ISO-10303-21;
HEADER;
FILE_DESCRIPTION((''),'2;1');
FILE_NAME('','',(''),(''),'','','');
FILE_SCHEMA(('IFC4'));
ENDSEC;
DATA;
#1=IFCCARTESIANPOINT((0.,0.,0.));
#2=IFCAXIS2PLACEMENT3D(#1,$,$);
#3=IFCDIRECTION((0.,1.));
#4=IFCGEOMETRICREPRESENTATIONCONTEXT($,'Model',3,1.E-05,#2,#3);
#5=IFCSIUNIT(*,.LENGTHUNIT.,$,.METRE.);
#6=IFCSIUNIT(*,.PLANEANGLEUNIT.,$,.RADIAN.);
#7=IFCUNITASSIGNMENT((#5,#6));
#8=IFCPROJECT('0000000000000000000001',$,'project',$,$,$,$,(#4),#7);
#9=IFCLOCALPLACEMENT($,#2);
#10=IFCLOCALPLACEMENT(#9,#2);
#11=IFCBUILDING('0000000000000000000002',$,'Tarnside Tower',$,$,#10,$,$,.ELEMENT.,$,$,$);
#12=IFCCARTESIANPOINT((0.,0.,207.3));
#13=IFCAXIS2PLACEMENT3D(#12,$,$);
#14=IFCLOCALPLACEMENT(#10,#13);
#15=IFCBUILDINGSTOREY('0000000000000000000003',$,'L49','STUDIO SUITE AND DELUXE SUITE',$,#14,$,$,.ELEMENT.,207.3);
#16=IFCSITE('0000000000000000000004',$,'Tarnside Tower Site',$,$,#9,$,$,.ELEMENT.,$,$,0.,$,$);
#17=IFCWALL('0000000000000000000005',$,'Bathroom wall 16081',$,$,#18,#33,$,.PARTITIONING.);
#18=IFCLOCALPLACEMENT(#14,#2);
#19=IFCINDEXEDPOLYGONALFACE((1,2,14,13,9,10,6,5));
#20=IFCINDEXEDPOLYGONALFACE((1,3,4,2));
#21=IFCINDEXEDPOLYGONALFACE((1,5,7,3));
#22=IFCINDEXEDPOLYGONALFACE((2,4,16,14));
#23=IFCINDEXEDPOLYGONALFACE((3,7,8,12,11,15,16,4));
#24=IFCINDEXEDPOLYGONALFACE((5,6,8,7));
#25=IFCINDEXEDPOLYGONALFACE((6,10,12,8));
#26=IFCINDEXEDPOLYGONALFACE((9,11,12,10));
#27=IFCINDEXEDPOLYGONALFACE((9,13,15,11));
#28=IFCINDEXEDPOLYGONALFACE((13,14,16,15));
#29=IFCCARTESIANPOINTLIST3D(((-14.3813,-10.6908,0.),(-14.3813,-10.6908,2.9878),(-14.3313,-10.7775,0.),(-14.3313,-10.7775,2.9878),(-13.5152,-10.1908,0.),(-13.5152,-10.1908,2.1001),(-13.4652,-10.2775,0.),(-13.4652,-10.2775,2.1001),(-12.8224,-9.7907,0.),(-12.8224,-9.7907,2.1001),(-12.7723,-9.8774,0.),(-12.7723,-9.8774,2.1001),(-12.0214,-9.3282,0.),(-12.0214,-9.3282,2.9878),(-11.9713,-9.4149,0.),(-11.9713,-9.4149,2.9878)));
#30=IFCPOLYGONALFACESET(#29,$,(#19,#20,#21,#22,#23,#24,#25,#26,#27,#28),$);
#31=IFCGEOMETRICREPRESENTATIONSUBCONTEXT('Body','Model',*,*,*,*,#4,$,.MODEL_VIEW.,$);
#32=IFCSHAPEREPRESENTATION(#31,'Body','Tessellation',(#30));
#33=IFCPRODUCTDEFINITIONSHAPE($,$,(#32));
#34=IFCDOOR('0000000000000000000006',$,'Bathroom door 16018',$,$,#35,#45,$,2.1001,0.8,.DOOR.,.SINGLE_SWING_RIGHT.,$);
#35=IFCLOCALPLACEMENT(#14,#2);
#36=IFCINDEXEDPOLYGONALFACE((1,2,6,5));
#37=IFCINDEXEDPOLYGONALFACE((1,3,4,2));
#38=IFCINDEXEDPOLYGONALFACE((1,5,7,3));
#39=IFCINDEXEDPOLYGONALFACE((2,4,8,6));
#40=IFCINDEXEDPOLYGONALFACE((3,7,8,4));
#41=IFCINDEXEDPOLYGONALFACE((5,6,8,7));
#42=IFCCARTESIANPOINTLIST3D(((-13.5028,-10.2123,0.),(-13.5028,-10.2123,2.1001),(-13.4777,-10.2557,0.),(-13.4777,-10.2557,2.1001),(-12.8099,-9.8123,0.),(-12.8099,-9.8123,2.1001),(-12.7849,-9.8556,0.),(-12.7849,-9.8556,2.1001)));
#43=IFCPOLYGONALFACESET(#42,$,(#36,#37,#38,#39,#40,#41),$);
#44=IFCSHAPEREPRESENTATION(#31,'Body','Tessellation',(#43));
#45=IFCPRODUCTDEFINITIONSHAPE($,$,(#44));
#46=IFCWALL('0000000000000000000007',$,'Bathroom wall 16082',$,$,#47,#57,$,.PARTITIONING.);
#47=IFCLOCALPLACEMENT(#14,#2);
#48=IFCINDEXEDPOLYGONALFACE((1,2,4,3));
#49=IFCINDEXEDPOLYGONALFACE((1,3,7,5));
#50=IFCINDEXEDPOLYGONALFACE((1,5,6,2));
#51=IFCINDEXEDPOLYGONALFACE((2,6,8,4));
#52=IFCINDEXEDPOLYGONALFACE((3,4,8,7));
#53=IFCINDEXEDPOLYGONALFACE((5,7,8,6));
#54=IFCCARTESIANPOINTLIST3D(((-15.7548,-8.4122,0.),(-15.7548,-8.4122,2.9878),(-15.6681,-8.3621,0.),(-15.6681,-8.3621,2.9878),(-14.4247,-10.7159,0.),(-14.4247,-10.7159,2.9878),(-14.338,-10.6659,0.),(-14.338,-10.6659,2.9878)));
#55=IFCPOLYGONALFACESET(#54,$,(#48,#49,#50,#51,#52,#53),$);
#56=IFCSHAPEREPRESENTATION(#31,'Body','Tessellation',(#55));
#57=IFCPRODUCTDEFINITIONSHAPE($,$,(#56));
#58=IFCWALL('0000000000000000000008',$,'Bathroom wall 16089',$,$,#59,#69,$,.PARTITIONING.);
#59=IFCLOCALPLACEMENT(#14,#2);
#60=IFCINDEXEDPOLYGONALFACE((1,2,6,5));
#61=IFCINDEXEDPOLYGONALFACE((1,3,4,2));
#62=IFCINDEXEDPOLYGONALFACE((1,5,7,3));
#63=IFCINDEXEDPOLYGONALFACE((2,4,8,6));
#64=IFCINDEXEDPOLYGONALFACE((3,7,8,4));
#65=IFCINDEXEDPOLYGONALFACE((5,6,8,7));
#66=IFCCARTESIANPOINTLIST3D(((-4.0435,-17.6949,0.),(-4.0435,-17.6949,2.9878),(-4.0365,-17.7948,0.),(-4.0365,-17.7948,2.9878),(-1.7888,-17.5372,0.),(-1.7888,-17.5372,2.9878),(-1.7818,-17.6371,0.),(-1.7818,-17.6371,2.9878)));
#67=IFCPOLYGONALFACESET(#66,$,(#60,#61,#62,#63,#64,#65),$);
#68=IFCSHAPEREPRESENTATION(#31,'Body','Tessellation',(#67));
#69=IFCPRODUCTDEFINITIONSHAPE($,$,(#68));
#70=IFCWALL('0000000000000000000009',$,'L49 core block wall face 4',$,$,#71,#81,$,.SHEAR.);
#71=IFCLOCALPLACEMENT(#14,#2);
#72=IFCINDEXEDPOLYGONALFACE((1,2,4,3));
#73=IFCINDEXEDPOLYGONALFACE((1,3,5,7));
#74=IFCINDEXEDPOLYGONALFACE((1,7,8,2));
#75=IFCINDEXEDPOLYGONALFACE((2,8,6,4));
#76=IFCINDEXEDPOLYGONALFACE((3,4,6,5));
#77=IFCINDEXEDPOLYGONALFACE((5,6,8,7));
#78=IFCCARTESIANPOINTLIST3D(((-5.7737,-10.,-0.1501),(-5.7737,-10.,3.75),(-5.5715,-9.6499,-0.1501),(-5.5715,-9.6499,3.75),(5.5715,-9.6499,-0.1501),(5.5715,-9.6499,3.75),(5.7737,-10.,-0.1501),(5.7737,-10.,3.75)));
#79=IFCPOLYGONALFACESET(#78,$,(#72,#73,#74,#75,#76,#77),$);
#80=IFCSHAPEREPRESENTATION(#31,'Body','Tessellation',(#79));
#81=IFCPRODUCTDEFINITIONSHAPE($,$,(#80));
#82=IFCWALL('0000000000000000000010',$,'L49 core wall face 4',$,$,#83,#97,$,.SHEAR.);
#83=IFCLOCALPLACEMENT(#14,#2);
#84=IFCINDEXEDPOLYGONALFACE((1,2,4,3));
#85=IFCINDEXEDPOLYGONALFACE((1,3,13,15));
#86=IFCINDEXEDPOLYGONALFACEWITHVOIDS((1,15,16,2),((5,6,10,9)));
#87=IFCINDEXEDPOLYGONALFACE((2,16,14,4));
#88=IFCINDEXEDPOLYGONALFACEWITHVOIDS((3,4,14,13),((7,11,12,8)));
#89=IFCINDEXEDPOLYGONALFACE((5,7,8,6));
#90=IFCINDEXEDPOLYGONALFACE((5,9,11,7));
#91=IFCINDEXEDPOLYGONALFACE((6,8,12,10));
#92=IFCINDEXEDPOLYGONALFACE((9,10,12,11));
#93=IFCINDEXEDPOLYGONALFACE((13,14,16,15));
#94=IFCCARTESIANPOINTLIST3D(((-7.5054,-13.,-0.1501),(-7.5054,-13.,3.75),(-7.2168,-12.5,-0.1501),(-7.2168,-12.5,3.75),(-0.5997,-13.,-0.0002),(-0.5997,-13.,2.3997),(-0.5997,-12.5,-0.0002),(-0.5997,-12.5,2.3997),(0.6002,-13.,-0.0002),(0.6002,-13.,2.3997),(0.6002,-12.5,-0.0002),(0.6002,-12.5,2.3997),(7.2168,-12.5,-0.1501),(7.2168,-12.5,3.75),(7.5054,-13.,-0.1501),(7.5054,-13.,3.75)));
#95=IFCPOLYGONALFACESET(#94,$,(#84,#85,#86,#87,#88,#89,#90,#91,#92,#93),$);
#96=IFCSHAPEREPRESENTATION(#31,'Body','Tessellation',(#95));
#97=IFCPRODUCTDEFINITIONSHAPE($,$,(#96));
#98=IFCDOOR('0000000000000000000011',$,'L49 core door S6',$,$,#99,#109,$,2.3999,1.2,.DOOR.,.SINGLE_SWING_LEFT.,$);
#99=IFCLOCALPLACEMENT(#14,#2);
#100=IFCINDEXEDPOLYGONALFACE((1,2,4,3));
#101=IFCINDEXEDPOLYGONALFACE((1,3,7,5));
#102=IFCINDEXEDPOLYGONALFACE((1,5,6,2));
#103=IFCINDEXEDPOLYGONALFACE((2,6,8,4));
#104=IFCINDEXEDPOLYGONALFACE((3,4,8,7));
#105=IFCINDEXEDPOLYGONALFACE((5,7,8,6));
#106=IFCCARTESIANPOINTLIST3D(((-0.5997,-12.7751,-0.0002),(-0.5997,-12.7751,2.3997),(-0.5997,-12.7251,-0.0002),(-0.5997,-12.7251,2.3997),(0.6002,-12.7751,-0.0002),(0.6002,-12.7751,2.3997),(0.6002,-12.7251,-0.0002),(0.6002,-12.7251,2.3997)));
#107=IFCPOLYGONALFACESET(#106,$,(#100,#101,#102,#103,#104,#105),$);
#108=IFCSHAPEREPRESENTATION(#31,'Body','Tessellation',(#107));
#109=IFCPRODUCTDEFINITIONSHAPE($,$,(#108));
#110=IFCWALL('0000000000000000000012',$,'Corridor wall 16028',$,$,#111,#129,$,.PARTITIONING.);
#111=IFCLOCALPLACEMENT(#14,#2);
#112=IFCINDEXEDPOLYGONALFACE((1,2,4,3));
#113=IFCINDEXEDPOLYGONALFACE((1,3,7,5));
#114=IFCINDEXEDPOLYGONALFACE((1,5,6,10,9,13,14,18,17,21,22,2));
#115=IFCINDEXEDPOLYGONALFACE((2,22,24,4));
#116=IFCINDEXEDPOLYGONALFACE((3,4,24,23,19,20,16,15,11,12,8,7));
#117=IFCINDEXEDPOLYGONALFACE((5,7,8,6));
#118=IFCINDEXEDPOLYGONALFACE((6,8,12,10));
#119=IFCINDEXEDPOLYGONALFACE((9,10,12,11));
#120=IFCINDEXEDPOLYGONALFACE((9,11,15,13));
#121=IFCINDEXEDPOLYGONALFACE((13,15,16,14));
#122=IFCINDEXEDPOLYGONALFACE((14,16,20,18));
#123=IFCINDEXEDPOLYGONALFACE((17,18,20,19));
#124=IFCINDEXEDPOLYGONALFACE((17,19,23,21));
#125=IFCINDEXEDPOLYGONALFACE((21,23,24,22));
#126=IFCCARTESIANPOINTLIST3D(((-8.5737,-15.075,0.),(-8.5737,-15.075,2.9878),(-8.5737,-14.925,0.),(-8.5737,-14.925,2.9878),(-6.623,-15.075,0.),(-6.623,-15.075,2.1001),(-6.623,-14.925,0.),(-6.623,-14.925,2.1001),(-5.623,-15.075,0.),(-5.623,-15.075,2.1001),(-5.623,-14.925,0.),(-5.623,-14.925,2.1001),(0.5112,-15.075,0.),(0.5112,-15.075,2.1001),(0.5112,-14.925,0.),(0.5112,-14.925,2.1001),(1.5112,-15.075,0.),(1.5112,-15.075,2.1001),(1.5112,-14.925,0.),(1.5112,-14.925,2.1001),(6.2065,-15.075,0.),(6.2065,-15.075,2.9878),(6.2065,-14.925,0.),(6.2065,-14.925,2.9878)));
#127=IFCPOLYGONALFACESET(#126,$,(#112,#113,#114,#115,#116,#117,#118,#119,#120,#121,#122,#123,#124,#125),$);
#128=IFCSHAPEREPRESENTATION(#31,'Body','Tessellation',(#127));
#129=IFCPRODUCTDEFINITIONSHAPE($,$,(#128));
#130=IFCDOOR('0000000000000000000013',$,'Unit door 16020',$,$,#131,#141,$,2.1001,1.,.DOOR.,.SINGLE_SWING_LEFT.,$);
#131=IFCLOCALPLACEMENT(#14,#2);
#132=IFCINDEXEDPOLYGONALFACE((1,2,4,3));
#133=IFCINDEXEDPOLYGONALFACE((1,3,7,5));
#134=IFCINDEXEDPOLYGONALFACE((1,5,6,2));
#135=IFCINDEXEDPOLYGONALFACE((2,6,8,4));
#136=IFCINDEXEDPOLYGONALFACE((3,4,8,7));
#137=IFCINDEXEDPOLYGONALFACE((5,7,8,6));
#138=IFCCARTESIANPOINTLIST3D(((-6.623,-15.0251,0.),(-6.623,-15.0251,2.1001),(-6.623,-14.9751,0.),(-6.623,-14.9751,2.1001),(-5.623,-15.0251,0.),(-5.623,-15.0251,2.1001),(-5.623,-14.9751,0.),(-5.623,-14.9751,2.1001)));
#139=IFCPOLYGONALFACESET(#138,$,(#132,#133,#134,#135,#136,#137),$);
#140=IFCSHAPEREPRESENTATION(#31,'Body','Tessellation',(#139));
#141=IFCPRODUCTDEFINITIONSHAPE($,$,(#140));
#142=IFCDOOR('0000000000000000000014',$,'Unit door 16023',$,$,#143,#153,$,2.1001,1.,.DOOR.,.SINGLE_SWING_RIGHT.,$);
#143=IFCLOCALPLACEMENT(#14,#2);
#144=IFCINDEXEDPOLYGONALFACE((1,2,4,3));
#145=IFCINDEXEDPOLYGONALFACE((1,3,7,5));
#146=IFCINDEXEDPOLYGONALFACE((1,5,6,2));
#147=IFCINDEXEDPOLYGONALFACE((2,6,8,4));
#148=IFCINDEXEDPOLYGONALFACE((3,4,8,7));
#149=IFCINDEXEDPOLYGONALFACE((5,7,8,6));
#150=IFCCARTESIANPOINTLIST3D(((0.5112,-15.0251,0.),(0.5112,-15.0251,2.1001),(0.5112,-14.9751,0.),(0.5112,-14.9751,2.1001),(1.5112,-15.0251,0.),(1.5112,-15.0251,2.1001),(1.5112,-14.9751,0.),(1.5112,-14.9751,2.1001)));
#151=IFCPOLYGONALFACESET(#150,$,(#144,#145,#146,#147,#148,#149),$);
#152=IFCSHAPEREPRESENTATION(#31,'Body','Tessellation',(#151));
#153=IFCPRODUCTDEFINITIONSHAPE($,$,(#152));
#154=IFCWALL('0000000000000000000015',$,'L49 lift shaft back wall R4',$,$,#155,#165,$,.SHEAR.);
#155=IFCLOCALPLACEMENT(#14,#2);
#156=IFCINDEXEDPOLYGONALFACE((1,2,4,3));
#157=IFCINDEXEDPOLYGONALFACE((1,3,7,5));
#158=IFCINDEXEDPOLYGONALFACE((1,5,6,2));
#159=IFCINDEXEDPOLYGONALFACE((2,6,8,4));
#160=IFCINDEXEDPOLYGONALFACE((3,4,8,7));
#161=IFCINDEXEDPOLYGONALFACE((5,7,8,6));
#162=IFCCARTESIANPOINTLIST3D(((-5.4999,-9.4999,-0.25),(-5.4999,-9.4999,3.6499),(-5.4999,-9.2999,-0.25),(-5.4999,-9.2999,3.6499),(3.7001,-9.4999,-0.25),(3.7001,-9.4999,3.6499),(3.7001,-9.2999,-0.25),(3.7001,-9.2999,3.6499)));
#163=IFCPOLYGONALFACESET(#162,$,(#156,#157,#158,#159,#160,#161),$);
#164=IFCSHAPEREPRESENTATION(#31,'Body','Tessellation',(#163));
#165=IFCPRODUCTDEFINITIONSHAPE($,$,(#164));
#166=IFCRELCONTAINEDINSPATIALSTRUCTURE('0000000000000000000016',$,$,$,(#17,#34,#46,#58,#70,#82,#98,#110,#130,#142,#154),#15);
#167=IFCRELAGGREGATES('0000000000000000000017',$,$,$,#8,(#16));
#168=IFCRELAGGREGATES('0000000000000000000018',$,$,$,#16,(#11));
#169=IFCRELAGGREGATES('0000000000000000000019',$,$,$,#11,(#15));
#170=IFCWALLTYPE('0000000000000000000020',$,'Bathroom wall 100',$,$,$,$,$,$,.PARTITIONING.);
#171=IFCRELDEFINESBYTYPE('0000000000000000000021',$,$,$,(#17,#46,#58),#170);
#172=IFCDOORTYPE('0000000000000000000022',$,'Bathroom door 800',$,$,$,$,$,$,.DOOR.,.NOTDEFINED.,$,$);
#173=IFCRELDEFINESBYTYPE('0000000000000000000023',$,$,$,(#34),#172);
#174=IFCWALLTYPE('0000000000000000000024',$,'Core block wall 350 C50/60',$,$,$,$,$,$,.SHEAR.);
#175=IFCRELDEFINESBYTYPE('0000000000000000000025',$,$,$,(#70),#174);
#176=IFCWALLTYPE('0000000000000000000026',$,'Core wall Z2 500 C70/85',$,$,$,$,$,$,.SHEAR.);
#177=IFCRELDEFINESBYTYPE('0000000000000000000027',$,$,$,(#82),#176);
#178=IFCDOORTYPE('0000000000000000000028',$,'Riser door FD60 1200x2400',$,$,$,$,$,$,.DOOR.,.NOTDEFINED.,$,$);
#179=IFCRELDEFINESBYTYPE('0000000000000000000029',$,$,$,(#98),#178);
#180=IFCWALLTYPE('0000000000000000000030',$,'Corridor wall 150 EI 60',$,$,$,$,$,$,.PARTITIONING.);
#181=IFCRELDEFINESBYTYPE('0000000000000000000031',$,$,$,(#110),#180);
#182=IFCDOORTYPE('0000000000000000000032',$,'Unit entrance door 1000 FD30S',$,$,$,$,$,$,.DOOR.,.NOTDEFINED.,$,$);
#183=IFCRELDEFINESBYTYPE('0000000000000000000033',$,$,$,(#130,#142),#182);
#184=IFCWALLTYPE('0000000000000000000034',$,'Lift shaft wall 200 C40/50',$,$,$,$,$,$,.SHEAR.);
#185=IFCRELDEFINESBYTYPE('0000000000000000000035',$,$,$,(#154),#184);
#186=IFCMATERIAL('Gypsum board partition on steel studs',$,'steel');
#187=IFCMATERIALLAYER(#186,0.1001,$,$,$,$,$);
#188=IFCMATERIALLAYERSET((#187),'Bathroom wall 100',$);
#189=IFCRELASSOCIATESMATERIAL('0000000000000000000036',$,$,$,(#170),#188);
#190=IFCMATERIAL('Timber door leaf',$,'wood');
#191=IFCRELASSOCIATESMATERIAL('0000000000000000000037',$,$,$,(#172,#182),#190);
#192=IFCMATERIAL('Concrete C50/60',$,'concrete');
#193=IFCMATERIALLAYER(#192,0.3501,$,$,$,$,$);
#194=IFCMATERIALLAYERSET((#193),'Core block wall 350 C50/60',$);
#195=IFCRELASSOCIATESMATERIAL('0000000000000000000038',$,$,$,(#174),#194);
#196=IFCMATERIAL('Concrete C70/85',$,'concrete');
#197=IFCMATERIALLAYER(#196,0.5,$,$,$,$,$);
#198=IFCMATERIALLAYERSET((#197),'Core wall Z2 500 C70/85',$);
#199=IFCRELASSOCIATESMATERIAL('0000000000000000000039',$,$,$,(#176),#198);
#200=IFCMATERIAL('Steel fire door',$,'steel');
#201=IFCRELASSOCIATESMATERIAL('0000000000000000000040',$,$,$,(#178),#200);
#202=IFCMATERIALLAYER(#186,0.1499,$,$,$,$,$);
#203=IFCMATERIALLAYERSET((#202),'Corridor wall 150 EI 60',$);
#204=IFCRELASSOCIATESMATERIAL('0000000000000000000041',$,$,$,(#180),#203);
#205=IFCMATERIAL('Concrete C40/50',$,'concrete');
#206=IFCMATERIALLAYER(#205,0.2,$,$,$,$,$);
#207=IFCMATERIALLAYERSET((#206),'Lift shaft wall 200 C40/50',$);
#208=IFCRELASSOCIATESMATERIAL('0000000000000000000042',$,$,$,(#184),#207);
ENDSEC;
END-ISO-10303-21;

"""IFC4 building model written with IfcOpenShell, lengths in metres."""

from ifc_helpers import new_model, si_unit, direction, frame, frame_2d, origin, place, context, subcontext, project, spatial, polyline, rectangle, outline, extrude, material, layer, layer_set, type_object, element, fill, save


model = new_model("IFC4")

# Units and contexts
model_context = context("Model", 3, precision=1e-05, world=origin(), true_north=direction((0.0, 1.0)))
body_context = subcontext(model_context, "Body", "Model", "MODEL_VIEW")
ifc_project = project(units=[si_unit("LENGTHUNIT", "METRE"), si_unit("PLANEANGLEUNIT", "RADIAN")], contexts=[model_context])

# Site, building, storey
site_placement = place(None, origin())
site = spatial("IfcSite", under=ifc_project, at=site_placement, Name="Tarnside Tower Site", CompositionType="ELEMENT", RefElevation=0.0)
building_placement = place(site_placement, origin())
building = spatial("IfcBuilding", under=site, at=building_placement, Name="Tarnside Tower", CompositionType="ELEMENT")
storey_placement = place(building_placement, frame((0.0, 0.0, 207.3)))
storey = spatial("IfcBuildingStorey", under=building, at=storey_placement, Name="L49", Description="STUDIO SUITE AND DELUXE SUITE", CompositionType="ELEMENT", Elevation=207.3)

# Wall, opening, door
ifc_material_1 = material(Name="Gypsum board partition on steel studs", Category="steel")
ifc_layer_1 = layer(ifc_material_1, 0.1001)
ifc_layer_set_1 = layer_set([ifc_layer_1], Name="Bathroom wall 100")
wall_type_1 = type_object("IfcWallType", Name="Bathroom wall 100", PredefinedType="PARTITIONING", material=ifc_layer_set_1)
wall_1_placement = place(storey_placement, frame((-11.9963, -9.3716, 0.0), z_axis=(0.0, 0.0, 1.0), x_axis=(-0.866013, -0.500022, 0.0)))
wall_1 = element("IfcWall", 1, at=wall_1_placement, inside=storey, type_object=wall_type_1, Name="Bathroom wall 16081", PredefinedType="PARTITIONING", context=body_context, shape_type="SweptSolid", body=[
    extrude(rectangle(XDim=2.7251, YDim=0.1001, at=frame_2d((1.3625, 0.0))), origin(), (0.0, 0.0, 1.0), 2.9878),
])
opening_1_placement = place(wall_1_placement, frame((0.925, 0.0, 0.0)))
opening_1 = element("IfcOpeningElement", 2, at=opening_1_placement, cuts=wall_1, PredefinedType="OPENING", context=body_context, shape_type="SweptSolid", body=[
    extrude(rectangle(XDim=0.8, YDim=2.1001, at=frame_2d((0.3999, 1.05))), frame((0.0, 0.0601, 0.0), z_axis=(0.0, -1.0, 0.0), x_axis=(1.0, 0.0, 0.0)), (0.0, 0.0, 1.0), 0.1201),
])
ifc_material_2 = material(Name="Timber door leaf", Category="wood")
door_type_1 = type_object("IfcDoorType", Name="Bathroom door 800", OperationType="NOTDEFINED", PredefinedType="DOOR", material=ifc_material_2)
door_1_placement = place(opening_1_placement, origin())
door_1 = element("IfcDoor", 3, at=door_1_placement, inside=storey, type_object=door_type_1, Name="Bathroom door 16018", OperationType="SINGLE_SWING_RIGHT", OverallHeight=2.1001, OverallWidth=0.8, PredefinedType="DOOR", context=body_context, shape_type="SweptSolid", body=[
    extrude(rectangle(XDim=0.8, YDim=2.1001, at=frame_2d((0.3999, 1.05))), frame((0.0, 0.0249, 0.0), z_axis=(0.0, -1.0, 0.0), x_axis=(1.0, 0.0, 0.0)), (0.0, 0.0, 1.0), 0.05),
])
fill(opening_1, door_1)

# Walls
wall_2_placement = place(storey_placement, frame((-14.3813, -10.6909, 0.0), z_axis=(0.0, 0.0, 1.0), x_axis=(-0.500008, 0.866021, 0.0)))
element("IfcWall", 4, at=wall_2_placement, inside=storey, type_object=wall_type_1, Name="Bathroom wall 16082", PredefinedType="PARTITIONING", context=body_context, shape_type="SweptSolid", body=[
    extrude(rectangle(XDim=2.6602, YDim=0.1001, at=frame_2d((1.3301, 0.0))), origin(), (0.0, 0.0, 1.0), 2.9878),
])
wall_3_placement = place(storey_placement, frame((-4.04, -17.7449, 0.0), z_axis=(0.0, 0.0, 1.0), x_axis=(0.997562, 0.069781, 0.0)))
element("IfcWall", 5, at=wall_3_placement, inside=storey, type_object=wall_type_1, Name="Bathroom wall 16089", PredefinedType="PARTITIONING", context=body_context, shape_type="SweptSolid", body=[
    extrude(rectangle(XDim=2.2603, YDim=0.1001, at=frame_2d((1.1301, 0.0))), origin(), (0.0, 0.0, 1.0), 2.9878),
])
ifc_material_3 = material(Name="Concrete C50/60", Category="concrete")
ifc_layer_2 = layer(ifc_material_3, 0.3501)
ifc_layer_set_2 = layer_set([ifc_layer_2], Name="Core block wall 350 C50/60")
wall_type_2 = type_object("IfcWallType", Name="Core block wall 350 C50/60", PredefinedType="SHEAR", material=ifc_layer_set_2)
wall_4_placement = place(storey_placement, frame((-5.6726, -9.825, -0.1501), z_axis=(0.0, 0.0, 1.0), x_axis=(1.0, 0.0, 0.0)))
element("IfcWall", 6, at=wall_4_placement, inside=storey, type_object=wall_type_2, Name="L49 core block wall face 4", PredefinedType="SHEAR", context=body_context, shape_type="SweptSolid", body=[
    extrude(outline(polyline([(-0.1011, -0.175), (11.4463, -0.175), (11.2441, 0.175), (0.1011, 0.175), (-0.1011, -0.175)])), origin(), (0.0, 0.0, 1.0), 3.9001),
])

# Wall, opening, door
ifc_material_4 = material(Name="Concrete C70/85", Category="concrete")
ifc_layer_3 = layer(ifc_material_4, 0.5)
ifc_layer_set_3 = layer_set([ifc_layer_3], Name="Core wall Z2 500 C70/85")
wall_type_3 = type_object("IfcWallType", Name="Core wall Z2 500 C70/85", PredefinedType="SHEAR", material=ifc_layer_set_3)
wall_5_placement = place(storey_placement, frame((-7.3611, -12.75, -0.1501), z_axis=(0.0, 0.0, 1.0), x_axis=(1.0, 0.0, 0.0)))
wall_5 = element("IfcWall", 7, at=wall_5_placement, inside=storey, type_object=wall_type_3, Name="L49 core wall face 4", PredefinedType="SHEAR", context=body_context, shape_type="SweptSolid", body=[
    extrude(outline(polyline([(-0.1443, -0.25), (14.8665, -0.25), (14.5779, 0.25), (0.1443, 0.25), (-0.1443, -0.25)])), origin(), (0.0, 0.0, 1.0), 3.9001),
])
opening_2_placement = place(wall_5_placement, frame((6.7612, 0.0, 0.1499)))
opening_2 = element("IfcOpeningElement", 8, at=opening_2_placement, cuts=wall_5, PredefinedType="OPENING", context=body_context, shape_type="SweptSolid", body=[
    extrude(rectangle(XDim=1.2, YDim=2.3999, at=frame_2d((0.6001, 1.2))), frame((0.0, 0.26, 0.0), z_axis=(0.0, -1.0, 0.0), x_axis=(1.0, 0.0, 0.0)), (0.0, 0.0, 1.0), 0.52),
])
ifc_material_5 = material(Name="Steel fire door", Category="steel")
door_type_2 = type_object("IfcDoorType", Name="Riser door FD60 1200x2400", OperationType="NOTDEFINED", PredefinedType="DOOR", material=ifc_material_5)
door_2_placement = place(opening_2_placement, origin())
door_2 = element("IfcDoor", 9, at=door_2_placement, inside=storey, type_object=door_type_2, Name="L49 core door S6", OperationType="SINGLE_SWING_LEFT", OverallHeight=2.3999, OverallWidth=1.2, PredefinedType="DOOR", context=body_context, shape_type="SweptSolid", body=[
    extrude(rectangle(XDim=1.2, YDim=2.3999, at=frame_2d((0.6001, 1.2))), frame((0.0, 0.0249, 0.0), z_axis=(0.0, -1.0, 0.0), x_axis=(1.0, 0.0, 0.0)), (0.0, 0.0, 1.0), 0.05),
])
fill(opening_2, door_2)

# Wall, openings, doors
ifc_layer_4 = layer(ifc_material_1, 0.1499)
ifc_layer_set_4 = layer_set([ifc_layer_4], Name="Corridor wall 150 EI 60")
wall_type_4 = type_object("IfcWallType", Name="Corridor wall 150 EI 60", PredefinedType="PARTITIONING", material=ifc_layer_set_4)
wall_6_placement = place(storey_placement, frame((-8.5737, -15.0, 0.0), z_axis=(0.0, 0.0, 1.0), x_axis=(1.0, 0.0, 0.0)))
wall_6 = element("IfcWall", 10, at=wall_6_placement, inside=storey, type_object=wall_type_4, Name="Corridor wall 16028", PredefinedType="PARTITIONING", context=body_context, shape_type="SweptSolid", body=[
    extrude(rectangle(XDim=14.7803, YDim=0.1499, at=frame_2d((7.3901, 0.0))), origin(), (0.0, 0.0, 1.0), 2.9878),
])
opening_3_placement = place(wall_6_placement, frame((1.9507, 0.0, 0.0)))
opening_3 = element("IfcOpeningElement", 11, at=opening_3_placement, cuts=wall_6, PredefinedType="OPENING", context=body_context, shape_type="SweptSolid", body=[
    extrude(rectangle(XDim=1.0, YDim=2.1001, at=frame_2d((0.5, 1.05))), frame((0.0, 0.085, 0.0), z_axis=(0.0, -1.0, 0.0), x_axis=(1.0, 0.0, 0.0)), (0.0, 0.0, 1.0), 0.1699),
])
opening_4_placement = place(wall_6_placement, frame((9.085, 0.0, 0.0)))
opening_4 = element("IfcOpeningElement", 12, at=opening_4_placement, cuts=wall_6, PredefinedType="OPENING", context=body_context, shape_type="SweptSolid", body=[
    extrude(rectangle(XDim=1.0, YDim=2.1001, at=frame_2d((0.5, 1.05))), frame((0.0, 0.085, 0.0), z_axis=(0.0, -1.0, 0.0), x_axis=(1.0, 0.0, 0.0)), (0.0, 0.0, 1.0), 0.1699),
])
door_type_3 = type_object("IfcDoorType", Name="Unit entrance door 1000 FD30S", OperationType="NOTDEFINED", PredefinedType="DOOR", material=ifc_material_2)
door_3_placement = place(opening_3_placement, origin())
door_3 = element("IfcDoor", 13, at=door_3_placement, inside=storey, type_object=door_type_3, Name="Unit door 16020", OperationType="SINGLE_SWING_LEFT", OverallHeight=2.1001, OverallWidth=1.0, PredefinedType="DOOR", context=body_context, shape_type="SweptSolid", body=[
    extrude(rectangle(XDim=1.0, YDim=2.1001, at=frame_2d((0.5, 1.05))), frame((0.0, 0.0249, 0.0), z_axis=(0.0, -1.0, 0.0), x_axis=(1.0, 0.0, 0.0)), (0.0, 0.0, 1.0), 0.05),
])
fill(opening_3, door_3)
door_4_placement = place(opening_4_placement, origin())
door_4 = element("IfcDoor", 14, at=door_4_placement, inside=storey, type_object=door_type_3, Name="Unit door 16023", OperationType="SINGLE_SWING_RIGHT", OverallHeight=2.1001, OverallWidth=1.0, PredefinedType="DOOR", context=body_context, shape_type="SweptSolid", body=[
    extrude(rectangle(XDim=1.0, YDim=2.1001, at=frame_2d((0.5, 1.05))), frame((0.0, 0.0249, 0.0), z_axis=(0.0, -1.0, 0.0), x_axis=(1.0, 0.0, 0.0)), (0.0, 0.0, 1.0), 0.05),
])
fill(opening_4, door_4)

# Wall
ifc_material_6 = material(Name="Concrete C40/50", Category="concrete")
ifc_layer_5 = layer(ifc_material_6, 0.2)
ifc_layer_set_5 = layer_set([ifc_layer_5], Name="Lift shaft wall 200 C40/50")
wall_type_5 = type_object("IfcWallType", Name="Lift shaft wall 200 C40/50", PredefinedType="SHEAR", material=ifc_layer_set_5)
wall_7_placement = place(storey_placement, frame((-5.5, -9.3999, -0.25), z_axis=(0.0, 0.0, 1.0), x_axis=(1.0, 0.0, 0.0)))
element("IfcWall", 15, at=wall_7_placement, inside=storey, type_object=wall_type_5, Name="L49 lift shaft back wall R4", PredefinedType="SHEAR", context=body_context, shape_type="SweptSolid", body=[
    extrude(rectangle(XDim=9.2, YDim=0.2, at=frame_2d((4.6001, 0.0))), origin(), (0.0, 0.0, 1.0), 3.8999),
])

save(model, "model.ifc")
